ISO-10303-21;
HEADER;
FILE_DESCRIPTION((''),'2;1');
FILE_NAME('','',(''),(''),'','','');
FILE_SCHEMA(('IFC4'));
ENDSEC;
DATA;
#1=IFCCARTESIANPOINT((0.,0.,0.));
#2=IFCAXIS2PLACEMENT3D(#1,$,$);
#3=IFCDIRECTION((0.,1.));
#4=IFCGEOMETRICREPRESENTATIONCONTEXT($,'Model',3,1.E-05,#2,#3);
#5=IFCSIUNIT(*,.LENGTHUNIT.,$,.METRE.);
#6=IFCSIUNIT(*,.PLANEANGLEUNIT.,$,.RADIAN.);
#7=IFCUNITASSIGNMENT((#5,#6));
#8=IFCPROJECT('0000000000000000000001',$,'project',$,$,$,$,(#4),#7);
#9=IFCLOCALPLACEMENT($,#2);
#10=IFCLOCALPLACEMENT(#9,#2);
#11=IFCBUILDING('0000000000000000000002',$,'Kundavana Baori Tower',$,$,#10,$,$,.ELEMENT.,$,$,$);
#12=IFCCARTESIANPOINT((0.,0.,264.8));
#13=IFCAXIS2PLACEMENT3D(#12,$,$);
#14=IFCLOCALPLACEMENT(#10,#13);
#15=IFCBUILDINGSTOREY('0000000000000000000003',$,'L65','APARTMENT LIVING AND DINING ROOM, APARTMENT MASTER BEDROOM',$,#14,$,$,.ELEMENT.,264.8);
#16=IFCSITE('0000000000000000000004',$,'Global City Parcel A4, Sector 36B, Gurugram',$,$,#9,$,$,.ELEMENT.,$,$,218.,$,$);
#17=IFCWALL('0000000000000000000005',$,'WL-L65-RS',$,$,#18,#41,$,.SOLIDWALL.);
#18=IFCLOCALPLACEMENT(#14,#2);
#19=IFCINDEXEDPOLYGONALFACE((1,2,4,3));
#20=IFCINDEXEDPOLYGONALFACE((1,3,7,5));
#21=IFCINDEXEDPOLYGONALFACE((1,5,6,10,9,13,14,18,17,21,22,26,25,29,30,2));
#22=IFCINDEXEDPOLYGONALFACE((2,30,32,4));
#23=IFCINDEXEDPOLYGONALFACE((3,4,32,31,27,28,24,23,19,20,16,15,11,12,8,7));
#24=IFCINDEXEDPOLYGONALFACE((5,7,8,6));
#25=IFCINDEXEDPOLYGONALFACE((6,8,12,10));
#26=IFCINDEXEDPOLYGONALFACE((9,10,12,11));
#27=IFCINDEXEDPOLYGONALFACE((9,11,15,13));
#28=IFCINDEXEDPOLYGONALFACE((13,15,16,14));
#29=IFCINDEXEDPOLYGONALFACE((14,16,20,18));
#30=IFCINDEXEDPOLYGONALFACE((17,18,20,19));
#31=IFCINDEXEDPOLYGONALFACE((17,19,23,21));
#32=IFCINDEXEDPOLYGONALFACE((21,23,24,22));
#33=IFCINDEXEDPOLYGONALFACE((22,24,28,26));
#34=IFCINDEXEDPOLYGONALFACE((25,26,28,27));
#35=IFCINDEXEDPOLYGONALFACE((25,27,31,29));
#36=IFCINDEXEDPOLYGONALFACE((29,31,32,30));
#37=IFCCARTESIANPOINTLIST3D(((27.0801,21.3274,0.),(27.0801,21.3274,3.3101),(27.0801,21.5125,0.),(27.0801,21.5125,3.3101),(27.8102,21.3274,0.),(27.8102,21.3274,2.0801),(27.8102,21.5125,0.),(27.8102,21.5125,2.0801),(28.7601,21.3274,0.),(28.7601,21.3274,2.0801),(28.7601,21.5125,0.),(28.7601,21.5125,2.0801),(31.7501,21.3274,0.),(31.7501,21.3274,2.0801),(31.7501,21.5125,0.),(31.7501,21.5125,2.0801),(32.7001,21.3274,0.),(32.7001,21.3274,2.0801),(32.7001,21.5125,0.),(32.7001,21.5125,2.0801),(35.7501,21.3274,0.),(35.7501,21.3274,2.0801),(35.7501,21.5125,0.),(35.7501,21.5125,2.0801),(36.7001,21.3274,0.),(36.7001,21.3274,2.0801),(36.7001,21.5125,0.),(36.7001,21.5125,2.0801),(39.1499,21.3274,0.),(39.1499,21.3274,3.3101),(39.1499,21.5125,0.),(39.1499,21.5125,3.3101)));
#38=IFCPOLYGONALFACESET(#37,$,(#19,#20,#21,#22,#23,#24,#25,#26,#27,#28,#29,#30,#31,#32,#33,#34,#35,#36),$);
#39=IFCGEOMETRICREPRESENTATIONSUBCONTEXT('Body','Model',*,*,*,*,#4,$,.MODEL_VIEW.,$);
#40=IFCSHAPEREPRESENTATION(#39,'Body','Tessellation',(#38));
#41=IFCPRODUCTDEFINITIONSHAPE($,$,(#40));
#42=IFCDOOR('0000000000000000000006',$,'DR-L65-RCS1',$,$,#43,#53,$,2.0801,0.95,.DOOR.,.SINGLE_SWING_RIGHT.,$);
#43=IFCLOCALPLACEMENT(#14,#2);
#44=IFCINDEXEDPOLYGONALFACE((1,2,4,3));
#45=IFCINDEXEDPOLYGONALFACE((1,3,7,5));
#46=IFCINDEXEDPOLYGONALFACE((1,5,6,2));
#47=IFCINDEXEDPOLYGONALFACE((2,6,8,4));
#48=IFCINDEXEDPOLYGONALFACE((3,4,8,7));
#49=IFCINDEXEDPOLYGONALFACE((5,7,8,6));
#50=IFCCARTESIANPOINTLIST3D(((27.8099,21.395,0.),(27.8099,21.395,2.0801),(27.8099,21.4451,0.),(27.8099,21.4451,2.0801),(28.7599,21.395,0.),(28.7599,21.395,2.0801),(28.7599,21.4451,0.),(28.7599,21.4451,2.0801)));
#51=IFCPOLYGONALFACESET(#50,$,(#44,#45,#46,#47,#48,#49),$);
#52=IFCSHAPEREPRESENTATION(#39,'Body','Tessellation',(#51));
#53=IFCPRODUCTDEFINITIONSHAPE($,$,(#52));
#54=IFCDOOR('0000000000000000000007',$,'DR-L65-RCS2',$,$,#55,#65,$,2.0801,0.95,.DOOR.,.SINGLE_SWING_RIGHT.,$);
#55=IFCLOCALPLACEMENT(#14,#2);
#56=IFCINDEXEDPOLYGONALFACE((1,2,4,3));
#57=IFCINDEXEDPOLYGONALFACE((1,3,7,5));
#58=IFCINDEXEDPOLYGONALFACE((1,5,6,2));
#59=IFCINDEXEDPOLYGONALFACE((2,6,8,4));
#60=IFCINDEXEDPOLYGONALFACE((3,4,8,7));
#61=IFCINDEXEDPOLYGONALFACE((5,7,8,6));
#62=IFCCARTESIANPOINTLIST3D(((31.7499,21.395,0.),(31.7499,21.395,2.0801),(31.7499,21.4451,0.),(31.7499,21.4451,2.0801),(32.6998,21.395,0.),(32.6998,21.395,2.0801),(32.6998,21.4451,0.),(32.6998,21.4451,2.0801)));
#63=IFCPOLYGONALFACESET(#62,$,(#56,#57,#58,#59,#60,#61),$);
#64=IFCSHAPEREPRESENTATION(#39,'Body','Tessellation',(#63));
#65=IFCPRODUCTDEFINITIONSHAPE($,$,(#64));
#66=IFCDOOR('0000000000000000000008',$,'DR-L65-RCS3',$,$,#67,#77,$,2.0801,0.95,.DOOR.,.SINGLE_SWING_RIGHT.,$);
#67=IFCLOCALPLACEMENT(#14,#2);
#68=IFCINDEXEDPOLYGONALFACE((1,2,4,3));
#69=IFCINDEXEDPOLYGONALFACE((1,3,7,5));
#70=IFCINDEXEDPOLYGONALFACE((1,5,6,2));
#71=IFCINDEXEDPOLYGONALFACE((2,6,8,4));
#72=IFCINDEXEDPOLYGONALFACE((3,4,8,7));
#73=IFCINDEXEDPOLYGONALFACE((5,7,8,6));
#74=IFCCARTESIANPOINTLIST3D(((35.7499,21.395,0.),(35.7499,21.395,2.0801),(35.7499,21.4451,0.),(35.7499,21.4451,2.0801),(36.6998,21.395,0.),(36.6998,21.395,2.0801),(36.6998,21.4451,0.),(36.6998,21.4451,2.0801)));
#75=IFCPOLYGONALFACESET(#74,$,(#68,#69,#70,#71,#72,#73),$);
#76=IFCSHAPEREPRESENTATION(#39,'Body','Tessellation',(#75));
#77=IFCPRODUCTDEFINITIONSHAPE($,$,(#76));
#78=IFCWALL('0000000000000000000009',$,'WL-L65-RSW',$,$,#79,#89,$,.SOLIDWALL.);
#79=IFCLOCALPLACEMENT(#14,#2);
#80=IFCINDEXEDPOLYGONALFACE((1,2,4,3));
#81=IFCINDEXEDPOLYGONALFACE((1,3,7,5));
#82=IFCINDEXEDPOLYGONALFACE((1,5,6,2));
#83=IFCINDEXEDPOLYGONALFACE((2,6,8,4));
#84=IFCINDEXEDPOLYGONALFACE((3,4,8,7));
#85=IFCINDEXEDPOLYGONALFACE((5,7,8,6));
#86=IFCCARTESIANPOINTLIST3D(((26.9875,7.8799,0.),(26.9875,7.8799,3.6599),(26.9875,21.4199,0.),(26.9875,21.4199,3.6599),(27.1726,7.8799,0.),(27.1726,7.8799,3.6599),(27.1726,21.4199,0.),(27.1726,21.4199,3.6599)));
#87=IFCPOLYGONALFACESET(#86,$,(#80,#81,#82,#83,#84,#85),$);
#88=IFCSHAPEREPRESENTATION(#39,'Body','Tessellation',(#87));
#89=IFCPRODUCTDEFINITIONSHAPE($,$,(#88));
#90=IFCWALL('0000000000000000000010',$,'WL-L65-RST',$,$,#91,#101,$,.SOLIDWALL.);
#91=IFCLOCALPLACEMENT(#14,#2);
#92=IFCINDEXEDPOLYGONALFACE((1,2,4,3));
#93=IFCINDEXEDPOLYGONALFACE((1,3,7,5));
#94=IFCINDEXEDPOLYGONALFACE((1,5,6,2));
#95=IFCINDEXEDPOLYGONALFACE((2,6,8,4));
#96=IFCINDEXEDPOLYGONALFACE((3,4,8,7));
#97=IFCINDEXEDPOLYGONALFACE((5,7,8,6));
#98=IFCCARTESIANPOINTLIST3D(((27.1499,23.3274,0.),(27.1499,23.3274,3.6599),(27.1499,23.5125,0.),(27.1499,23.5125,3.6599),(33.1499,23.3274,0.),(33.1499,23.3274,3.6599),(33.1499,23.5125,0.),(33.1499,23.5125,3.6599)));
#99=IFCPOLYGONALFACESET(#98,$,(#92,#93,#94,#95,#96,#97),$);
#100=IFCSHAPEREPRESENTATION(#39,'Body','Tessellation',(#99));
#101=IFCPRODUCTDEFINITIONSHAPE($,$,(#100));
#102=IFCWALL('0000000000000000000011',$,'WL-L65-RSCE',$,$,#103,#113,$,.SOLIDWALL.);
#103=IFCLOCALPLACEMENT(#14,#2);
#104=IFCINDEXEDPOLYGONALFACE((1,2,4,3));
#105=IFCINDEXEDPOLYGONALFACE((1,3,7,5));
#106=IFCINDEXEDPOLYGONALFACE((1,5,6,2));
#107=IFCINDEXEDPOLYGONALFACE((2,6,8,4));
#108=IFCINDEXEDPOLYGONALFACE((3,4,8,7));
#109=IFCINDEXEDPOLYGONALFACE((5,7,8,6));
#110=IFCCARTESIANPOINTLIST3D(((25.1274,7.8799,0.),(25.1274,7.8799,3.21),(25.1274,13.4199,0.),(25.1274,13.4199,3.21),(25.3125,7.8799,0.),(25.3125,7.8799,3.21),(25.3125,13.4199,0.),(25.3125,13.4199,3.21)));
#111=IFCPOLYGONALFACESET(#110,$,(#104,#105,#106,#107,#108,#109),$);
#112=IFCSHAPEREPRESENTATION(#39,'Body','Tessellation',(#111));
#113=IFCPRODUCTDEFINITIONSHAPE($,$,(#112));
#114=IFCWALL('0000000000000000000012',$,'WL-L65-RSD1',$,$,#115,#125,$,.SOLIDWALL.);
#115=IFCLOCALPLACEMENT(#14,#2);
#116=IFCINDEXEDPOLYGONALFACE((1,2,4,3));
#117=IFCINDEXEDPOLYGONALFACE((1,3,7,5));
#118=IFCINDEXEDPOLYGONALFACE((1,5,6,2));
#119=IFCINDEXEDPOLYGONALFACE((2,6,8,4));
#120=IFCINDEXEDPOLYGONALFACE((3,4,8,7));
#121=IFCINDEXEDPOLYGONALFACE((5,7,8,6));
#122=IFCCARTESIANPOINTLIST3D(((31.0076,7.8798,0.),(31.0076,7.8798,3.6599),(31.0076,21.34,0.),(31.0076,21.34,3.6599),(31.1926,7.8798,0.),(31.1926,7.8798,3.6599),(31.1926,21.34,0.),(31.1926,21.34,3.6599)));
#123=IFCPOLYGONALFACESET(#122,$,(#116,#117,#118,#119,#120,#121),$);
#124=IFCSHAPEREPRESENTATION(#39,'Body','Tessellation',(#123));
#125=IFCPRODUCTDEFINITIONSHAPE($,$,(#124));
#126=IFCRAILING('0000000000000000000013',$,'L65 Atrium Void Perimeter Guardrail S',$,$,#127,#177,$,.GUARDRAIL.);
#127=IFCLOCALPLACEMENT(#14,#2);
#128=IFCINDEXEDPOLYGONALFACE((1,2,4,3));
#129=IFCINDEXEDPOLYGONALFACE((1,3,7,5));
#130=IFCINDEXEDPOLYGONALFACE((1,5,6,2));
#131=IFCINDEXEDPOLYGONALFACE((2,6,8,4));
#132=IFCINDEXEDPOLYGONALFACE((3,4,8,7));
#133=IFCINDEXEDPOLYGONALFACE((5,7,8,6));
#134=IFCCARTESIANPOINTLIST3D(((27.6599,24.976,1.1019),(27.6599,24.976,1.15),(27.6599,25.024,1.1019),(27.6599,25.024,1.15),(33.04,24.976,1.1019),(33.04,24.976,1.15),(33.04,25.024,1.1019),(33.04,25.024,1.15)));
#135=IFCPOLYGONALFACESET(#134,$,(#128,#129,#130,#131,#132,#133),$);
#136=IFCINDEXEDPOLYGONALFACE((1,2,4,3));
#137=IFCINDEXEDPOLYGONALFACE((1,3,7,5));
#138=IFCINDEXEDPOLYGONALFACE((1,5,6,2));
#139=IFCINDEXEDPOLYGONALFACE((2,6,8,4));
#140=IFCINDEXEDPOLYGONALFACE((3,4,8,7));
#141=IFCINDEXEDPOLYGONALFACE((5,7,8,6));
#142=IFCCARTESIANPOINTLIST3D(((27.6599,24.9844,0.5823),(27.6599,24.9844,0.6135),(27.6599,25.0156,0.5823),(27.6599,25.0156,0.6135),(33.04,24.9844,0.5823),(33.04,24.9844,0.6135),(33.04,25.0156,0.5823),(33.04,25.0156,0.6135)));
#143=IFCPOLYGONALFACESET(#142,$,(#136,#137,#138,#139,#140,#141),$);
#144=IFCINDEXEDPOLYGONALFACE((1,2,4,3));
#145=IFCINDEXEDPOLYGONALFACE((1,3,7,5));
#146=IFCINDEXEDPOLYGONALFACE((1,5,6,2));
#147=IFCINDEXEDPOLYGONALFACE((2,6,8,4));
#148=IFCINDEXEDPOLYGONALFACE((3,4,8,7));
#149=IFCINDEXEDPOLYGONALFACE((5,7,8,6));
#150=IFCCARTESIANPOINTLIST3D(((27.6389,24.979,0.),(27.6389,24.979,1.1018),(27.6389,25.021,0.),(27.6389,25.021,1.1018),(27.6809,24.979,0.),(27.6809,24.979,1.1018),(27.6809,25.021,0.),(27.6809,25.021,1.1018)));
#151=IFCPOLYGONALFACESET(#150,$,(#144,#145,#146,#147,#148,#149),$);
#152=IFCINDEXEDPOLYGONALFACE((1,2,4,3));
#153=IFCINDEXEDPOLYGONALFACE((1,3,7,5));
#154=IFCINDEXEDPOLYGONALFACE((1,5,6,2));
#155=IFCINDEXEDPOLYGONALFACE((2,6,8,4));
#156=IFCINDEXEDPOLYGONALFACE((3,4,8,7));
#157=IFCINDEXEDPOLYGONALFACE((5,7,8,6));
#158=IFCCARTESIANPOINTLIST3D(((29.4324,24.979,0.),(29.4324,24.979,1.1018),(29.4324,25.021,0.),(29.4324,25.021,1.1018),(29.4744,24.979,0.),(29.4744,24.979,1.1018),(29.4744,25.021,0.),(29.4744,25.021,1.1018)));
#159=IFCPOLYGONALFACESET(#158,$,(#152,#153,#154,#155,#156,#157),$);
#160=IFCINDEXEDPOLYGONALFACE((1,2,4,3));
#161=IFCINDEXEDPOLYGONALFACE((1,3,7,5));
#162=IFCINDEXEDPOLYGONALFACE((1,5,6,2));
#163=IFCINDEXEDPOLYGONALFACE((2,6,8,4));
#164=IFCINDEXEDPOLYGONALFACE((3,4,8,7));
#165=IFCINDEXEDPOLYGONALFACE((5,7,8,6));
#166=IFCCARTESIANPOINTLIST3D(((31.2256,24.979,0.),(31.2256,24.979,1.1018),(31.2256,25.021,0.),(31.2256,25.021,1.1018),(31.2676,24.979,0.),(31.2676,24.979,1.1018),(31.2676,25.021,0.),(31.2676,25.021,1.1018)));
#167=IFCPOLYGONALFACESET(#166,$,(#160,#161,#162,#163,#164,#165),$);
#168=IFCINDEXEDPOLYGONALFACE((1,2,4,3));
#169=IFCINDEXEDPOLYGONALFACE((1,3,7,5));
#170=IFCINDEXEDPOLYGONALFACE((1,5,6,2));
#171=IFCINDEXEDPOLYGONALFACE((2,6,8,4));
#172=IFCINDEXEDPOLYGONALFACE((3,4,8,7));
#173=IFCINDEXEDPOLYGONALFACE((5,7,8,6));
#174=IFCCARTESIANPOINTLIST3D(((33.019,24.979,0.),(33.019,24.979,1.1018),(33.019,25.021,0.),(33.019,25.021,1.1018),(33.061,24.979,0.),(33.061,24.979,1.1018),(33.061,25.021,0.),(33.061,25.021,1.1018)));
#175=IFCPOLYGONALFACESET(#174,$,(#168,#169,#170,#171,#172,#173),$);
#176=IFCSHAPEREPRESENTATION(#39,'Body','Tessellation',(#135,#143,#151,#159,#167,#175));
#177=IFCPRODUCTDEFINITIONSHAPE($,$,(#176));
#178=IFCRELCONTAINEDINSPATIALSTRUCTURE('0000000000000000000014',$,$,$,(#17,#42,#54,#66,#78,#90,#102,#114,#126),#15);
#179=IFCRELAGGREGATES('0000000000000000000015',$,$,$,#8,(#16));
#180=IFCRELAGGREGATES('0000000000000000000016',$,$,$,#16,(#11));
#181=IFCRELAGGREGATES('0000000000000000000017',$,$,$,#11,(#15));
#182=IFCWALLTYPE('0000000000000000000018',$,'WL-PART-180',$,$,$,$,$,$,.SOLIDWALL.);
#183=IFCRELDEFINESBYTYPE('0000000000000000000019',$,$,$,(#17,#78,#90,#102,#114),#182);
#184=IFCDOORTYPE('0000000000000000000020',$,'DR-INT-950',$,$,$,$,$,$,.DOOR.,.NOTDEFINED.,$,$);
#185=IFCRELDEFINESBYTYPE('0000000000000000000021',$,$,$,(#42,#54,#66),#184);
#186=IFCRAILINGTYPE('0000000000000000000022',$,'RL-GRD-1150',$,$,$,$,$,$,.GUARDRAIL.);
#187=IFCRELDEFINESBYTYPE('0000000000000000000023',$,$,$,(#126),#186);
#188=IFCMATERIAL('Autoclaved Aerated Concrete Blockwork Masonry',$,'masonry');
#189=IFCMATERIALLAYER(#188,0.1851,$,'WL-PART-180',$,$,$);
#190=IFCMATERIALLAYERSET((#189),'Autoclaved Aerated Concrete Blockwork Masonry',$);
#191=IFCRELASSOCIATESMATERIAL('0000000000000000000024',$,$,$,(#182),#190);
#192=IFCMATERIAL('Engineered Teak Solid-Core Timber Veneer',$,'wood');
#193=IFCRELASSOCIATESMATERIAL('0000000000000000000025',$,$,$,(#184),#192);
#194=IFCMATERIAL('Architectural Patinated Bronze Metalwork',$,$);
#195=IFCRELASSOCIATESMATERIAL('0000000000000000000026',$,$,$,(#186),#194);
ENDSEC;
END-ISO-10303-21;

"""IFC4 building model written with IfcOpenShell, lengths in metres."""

from ifc_helpers import new_model, si_unit, direction, frame, frame_2d, origin, origin_2d, place, context, subcontext, project, spatial, rectangle, extrude, material, layer, layer_set, type_object, element, fill, save


model = new_model("IFC4")

# Units and contexts
model_context = context("Model", 3, precision=1e-05, world=origin(), true_north=direction((0.0, 1.0)))
body_context = subcontext(model_context, "Body", "Model", "MODEL_VIEW")
ifc_project = project(units=[si_unit("LENGTHUNIT", "METRE"), si_unit("PLANEANGLEUNIT", "RADIAN")], contexts=[model_context])

# Site, building, storey
site_placement = place(None, origin())
site = spatial("IfcSite", under=ifc_project, at=site_placement, Name="Global City Parcel A4, Sector 36B, Gurugram", CompositionType="ELEMENT", RefElevation=218.0)
building_placement = place(site_placement, origin())
building = spatial("IfcBuilding", under=site, at=building_placement, Name="Kundavana Baori Tower", CompositionType="ELEMENT")
storey_placement = place(building_placement, frame((0.0, 0.0, 264.8)))
storey = spatial("IfcBuildingStorey", under=building, at=storey_placement, Name="L65", Description="APARTMENT LIVING AND DINING ROOM, APARTMENT MASTER BEDROOM", CompositionType="ELEMENT", Elevation=264.8)

# Wall, openings, doors
ifc_material_1 = material(Name="Autoclaved Aerated Concrete Blockwork Masonry", Category="masonry")
ifc_layer = layer(ifc_material_1, 0.1851, Name="WL-PART-180")
ifc_layer_set = layer_set([ifc_layer], Name="Autoclaved Aerated Concrete Blockwork Masonry")
wall_type = type_object("IfcWallType", Name="WL-PART-180", PredefinedType="SOLIDWALL", material=ifc_layer_set)
wall_1_placement = place(storey_placement, frame((27.0801, 21.4199, 0.0), z_axis=(0.0, 0.0, 1.0), x_axis=(1.0, 0.0, 0.0)))
wall_1 = element("IfcWall", 1, at=wall_1_placement, inside=storey, type_object=wall_type, Name="WL-L65-RS", PredefinedType="SOLIDWALL", context=body_context, shape_type="SweptSolid", body=[
    extrude(rectangle(XDim=12.0698, YDim=0.1851, at=frame_2d((6.0349, 0.0))), origin(), (0.0, 0.0, 1.0), 3.3101),
])
opening_1_placement = place(wall_1_placement, frame((0.73, 0.0, 0.0)))
opening_1 = element("IfcOpeningElement", 2, at=opening_1_placement, cuts=wall_1, PredefinedType="OPENING", context=body_context, shape_type="SweptSolid", body=[
    extrude(rectangle(XDim=0.95, YDim=2.0801, at=frame_2d((0.4751, 1.04))), frame((0.0, 0.1025, 0.0), z_axis=(0.0, -1.0, 0.0), x_axis=(1.0, 0.0, 0.0)), (0.0, 0.0, 1.0), 0.2051),
])
opening_2_placement = place(wall_1_placement, frame((4.6699, 0.0, 0.0)))
opening_2 = element("IfcOpeningElement", 3, at=opening_2_placement, cuts=wall_1, PredefinedType="OPENING", context=body_context, shape_type="SweptSolid", body=[
    extrude(rectangle(XDim=0.95, YDim=2.0801, at=frame_2d((0.4751, 1.04))), frame((0.0, 0.1025, 0.0), z_axis=(0.0, -1.0, 0.0), x_axis=(1.0, 0.0, 0.0)), (0.0, 0.0, 1.0), 0.2051),
])
opening_3_placement = place(wall_1_placement, frame((8.6699, 0.0, 0.0)))
opening_3 = element("IfcOpeningElement", 4, at=opening_3_placement, cuts=wall_1, PredefinedType="OPENING", context=body_context, shape_type="SweptSolid", body=[
    extrude(rectangle(XDim=0.95, YDim=2.0801, at=frame_2d((0.4751, 1.04))), frame((0.0, 0.1025, 0.0), z_axis=(0.0, -1.0, 0.0), x_axis=(1.0, 0.0, 0.0)), (0.0, 0.0, 1.0), 0.2051),
])
ifc_material_2 = material(Name="Engineered Teak Solid-Core Timber Veneer", Category="wood")
door_type = type_object("IfcDoorType", Name="DR-INT-950", OperationType="NOTDEFINED", PredefinedType="DOOR", material=ifc_material_2)
door_1_placement = place(opening_1_placement, frame((0.95, 0.0, 0.0), z_axis=(0.0, 0.0, 1.0), x_axis=(-1.0, 0.0, 0.0)))
door_1 = element("IfcDoor", 5, at=door_1_placement, inside=storey, type_object=door_type, Name="DR-L65-RCS1", OperationType="SINGLE_SWING_RIGHT", OverallHeight=2.0801, OverallWidth=0.95, PredefinedType="DOOR", context=body_context, shape_type="SweptSolid", body=[
    extrude(rectangle(XDim=0.95, YDim=2.0801, at=frame_2d((0.4751, 1.04))), frame((0.0, 0.0249, 0.0), z_axis=(0.0, -1.0, 0.0), x_axis=(1.0, 0.0, 0.0)), (0.0, 0.0, 1.0), 0.05),
])
fill(opening_1, door_1)
door_2_placement = place(opening_2_placement, frame((0.95, 0.0, 0.0), z_axis=(0.0, 0.0, 1.0), x_axis=(-1.0, 0.0, 0.0)))
door_2 = element("IfcDoor", 6, at=door_2_placement, inside=storey, type_object=door_type, Name="DR-L65-RCS2", OperationType="SINGLE_SWING_RIGHT", OverallHeight=2.0801, OverallWidth=0.95, PredefinedType="DOOR", context=body_context, shape_type="SweptSolid", body=[
    extrude(rectangle(XDim=0.95, YDim=2.0801, at=frame_2d((0.4751, 1.04))), frame((0.0, 0.0249, 0.0), z_axis=(0.0, -1.0, 0.0), x_axis=(1.0, 0.0, 0.0)), (0.0, 0.0, 1.0), 0.05),
])
fill(opening_2, door_2)
door_3_placement = place(opening_3_placement, frame((0.95, 0.0, 0.0), z_axis=(0.0, 0.0, 1.0), x_axis=(-1.0, 0.0, 0.0)))
door_3 = element("IfcDoor", 7, at=door_3_placement, inside=storey, type_object=door_type, Name="DR-L65-RCS3", OperationType="SINGLE_SWING_RIGHT", OverallHeight=2.0801, OverallWidth=0.95, PredefinedType="DOOR", context=body_context, shape_type="SweptSolid", body=[
    extrude(rectangle(XDim=0.95, YDim=2.0801, at=frame_2d((0.4751, 1.04))), frame((0.0, 0.0249, 0.0), z_axis=(0.0, -1.0, 0.0), x_axis=(1.0, 0.0, 0.0)), (0.0, 0.0, 1.0), 0.05),
])
fill(opening_3, door_3)

# Walls
wall_2_placement = place(storey_placement, frame((27.0801, 7.8799, 0.0), z_axis=(0.0, 0.0, 1.0), x_axis=(0.0, 1.0, 0.0)))
element("IfcWall", 8, at=wall_2_placement, inside=storey, type_object=wall_type, Name="WL-L65-RSW", PredefinedType="SOLIDWALL", context=body_context, shape_type="SweptSolid", body=[
    extrude(rectangle(XDim=13.54, YDim=0.1851, at=frame_2d((6.77, 0.0))), origin(), (0.0, 0.0, 1.0), 3.6599),
])
wall_3_placement = place(storey_placement, frame((27.1499, 23.4199, 0.0), z_axis=(0.0, 0.0, 1.0), x_axis=(1.0, 0.0, 0.0)))
element("IfcWall", 9, at=wall_3_placement, inside=storey, type_object=wall_type, Name="WL-L65-RST", PredefinedType="SOLIDWALL", context=body_context, shape_type="SweptSolid", body=[
    extrude(rectangle(XDim=6.0, YDim=0.1851, at=frame_2d((3.0, 0.0))), origin(), (0.0, 0.0, 1.0), 3.6599),
])
wall_4_placement = place(storey_placement, frame((25.22, 7.8799, 0.0), z_axis=(0.0, 0.0, 1.0), x_axis=(0.0, 1.0, 0.0)))
element("IfcWall", 10, at=wall_4_placement, inside=storey, type_object=wall_type, Name="WL-L65-RSCE", PredefinedType="SOLIDWALL", context=body_context, shape_type="SweptSolid", body=[
    extrude(rectangle(XDim=5.54, YDim=0.1851, at=frame_2d((2.77, 0.0))), origin(), (0.0, 0.0, 1.0), 3.21),
])
wall_5_placement = place(storey_placement, frame((31.1001, 7.8799, 0.0), z_axis=(0.0, 0.0, 1.0), x_axis=(0.0, 1.0, 0.0)))
element("IfcWall", 11, at=wall_5_placement, inside=storey, type_object=wall_type, Name="WL-L65-RSD1", PredefinedType="SOLIDWALL", context=body_context, shape_type="SweptSolid", body=[
    extrude(rectangle(XDim=13.4602, YDim=0.1851, at=frame_2d((6.73, 0.0))), origin(), (0.0, 0.0, 1.0), 3.6599),
])

# Railing
ifc_material_3 = material(Name="Architectural Patinated Bronze Metalwork")
railing_type = type_object("IfcRailingType", Name="RL-GRD-1150", PredefinedType="GUARDRAIL", material=ifc_material_3)
railing_1_placement = place(storey_placement, frame((27.6599, 25.0, 0.0)))
element("IfcRailing", 12, at=railing_1_placement, inside=storey, type_object=railing_type, Name="L65 Atrium Void Perimeter Guardrail S", PredefinedType="GUARDRAIL", context=body_context, shape_type="SweptSolid", body=[
    extrude(rectangle(XDim=0.0481, YDim=0.0481, at=origin_2d()), frame((0.0, 0.0, 1.126), z_axis=(1.0, 0.0, 0.0), x_axis=(0.0, 1.0, 0.0)), (0.0, 0.0, 1.0), 5.3801),
    extrude(rectangle(XDim=0.0312, YDim=0.0312, at=origin_2d()), frame((0.0, 0.0, 0.5979), z_axis=(1.0, 0.0, 0.0), x_axis=(0.0, 1.0, 0.0)), (0.0, 0.0, 1.0), 5.3801),
    extrude(rectangle(XDim=0.042, YDim=0.042, at=origin_2d()), origin(), (0.0, 0.0, 1.0), 1.1018),
    extrude(rectangle(XDim=0.042, YDim=0.042, at=origin_2d()), frame((1.7935, 0.0, 0.0)), (0.0, 0.0, 1.0), 1.1018),
    extrude(rectangle(XDim=0.042, YDim=0.042, at=origin_2d()), frame((3.5867, 0.0, 0.0)), (0.0, 0.0, 1.0), 1.1018),
    extrude(rectangle(XDim=0.042, YDim=0.042, at=origin_2d()), frame((5.3801, 0.0, 0.0)), (0.0, 0.0, 1.0), 1.1018),
])

save(model, "model.ifc")
